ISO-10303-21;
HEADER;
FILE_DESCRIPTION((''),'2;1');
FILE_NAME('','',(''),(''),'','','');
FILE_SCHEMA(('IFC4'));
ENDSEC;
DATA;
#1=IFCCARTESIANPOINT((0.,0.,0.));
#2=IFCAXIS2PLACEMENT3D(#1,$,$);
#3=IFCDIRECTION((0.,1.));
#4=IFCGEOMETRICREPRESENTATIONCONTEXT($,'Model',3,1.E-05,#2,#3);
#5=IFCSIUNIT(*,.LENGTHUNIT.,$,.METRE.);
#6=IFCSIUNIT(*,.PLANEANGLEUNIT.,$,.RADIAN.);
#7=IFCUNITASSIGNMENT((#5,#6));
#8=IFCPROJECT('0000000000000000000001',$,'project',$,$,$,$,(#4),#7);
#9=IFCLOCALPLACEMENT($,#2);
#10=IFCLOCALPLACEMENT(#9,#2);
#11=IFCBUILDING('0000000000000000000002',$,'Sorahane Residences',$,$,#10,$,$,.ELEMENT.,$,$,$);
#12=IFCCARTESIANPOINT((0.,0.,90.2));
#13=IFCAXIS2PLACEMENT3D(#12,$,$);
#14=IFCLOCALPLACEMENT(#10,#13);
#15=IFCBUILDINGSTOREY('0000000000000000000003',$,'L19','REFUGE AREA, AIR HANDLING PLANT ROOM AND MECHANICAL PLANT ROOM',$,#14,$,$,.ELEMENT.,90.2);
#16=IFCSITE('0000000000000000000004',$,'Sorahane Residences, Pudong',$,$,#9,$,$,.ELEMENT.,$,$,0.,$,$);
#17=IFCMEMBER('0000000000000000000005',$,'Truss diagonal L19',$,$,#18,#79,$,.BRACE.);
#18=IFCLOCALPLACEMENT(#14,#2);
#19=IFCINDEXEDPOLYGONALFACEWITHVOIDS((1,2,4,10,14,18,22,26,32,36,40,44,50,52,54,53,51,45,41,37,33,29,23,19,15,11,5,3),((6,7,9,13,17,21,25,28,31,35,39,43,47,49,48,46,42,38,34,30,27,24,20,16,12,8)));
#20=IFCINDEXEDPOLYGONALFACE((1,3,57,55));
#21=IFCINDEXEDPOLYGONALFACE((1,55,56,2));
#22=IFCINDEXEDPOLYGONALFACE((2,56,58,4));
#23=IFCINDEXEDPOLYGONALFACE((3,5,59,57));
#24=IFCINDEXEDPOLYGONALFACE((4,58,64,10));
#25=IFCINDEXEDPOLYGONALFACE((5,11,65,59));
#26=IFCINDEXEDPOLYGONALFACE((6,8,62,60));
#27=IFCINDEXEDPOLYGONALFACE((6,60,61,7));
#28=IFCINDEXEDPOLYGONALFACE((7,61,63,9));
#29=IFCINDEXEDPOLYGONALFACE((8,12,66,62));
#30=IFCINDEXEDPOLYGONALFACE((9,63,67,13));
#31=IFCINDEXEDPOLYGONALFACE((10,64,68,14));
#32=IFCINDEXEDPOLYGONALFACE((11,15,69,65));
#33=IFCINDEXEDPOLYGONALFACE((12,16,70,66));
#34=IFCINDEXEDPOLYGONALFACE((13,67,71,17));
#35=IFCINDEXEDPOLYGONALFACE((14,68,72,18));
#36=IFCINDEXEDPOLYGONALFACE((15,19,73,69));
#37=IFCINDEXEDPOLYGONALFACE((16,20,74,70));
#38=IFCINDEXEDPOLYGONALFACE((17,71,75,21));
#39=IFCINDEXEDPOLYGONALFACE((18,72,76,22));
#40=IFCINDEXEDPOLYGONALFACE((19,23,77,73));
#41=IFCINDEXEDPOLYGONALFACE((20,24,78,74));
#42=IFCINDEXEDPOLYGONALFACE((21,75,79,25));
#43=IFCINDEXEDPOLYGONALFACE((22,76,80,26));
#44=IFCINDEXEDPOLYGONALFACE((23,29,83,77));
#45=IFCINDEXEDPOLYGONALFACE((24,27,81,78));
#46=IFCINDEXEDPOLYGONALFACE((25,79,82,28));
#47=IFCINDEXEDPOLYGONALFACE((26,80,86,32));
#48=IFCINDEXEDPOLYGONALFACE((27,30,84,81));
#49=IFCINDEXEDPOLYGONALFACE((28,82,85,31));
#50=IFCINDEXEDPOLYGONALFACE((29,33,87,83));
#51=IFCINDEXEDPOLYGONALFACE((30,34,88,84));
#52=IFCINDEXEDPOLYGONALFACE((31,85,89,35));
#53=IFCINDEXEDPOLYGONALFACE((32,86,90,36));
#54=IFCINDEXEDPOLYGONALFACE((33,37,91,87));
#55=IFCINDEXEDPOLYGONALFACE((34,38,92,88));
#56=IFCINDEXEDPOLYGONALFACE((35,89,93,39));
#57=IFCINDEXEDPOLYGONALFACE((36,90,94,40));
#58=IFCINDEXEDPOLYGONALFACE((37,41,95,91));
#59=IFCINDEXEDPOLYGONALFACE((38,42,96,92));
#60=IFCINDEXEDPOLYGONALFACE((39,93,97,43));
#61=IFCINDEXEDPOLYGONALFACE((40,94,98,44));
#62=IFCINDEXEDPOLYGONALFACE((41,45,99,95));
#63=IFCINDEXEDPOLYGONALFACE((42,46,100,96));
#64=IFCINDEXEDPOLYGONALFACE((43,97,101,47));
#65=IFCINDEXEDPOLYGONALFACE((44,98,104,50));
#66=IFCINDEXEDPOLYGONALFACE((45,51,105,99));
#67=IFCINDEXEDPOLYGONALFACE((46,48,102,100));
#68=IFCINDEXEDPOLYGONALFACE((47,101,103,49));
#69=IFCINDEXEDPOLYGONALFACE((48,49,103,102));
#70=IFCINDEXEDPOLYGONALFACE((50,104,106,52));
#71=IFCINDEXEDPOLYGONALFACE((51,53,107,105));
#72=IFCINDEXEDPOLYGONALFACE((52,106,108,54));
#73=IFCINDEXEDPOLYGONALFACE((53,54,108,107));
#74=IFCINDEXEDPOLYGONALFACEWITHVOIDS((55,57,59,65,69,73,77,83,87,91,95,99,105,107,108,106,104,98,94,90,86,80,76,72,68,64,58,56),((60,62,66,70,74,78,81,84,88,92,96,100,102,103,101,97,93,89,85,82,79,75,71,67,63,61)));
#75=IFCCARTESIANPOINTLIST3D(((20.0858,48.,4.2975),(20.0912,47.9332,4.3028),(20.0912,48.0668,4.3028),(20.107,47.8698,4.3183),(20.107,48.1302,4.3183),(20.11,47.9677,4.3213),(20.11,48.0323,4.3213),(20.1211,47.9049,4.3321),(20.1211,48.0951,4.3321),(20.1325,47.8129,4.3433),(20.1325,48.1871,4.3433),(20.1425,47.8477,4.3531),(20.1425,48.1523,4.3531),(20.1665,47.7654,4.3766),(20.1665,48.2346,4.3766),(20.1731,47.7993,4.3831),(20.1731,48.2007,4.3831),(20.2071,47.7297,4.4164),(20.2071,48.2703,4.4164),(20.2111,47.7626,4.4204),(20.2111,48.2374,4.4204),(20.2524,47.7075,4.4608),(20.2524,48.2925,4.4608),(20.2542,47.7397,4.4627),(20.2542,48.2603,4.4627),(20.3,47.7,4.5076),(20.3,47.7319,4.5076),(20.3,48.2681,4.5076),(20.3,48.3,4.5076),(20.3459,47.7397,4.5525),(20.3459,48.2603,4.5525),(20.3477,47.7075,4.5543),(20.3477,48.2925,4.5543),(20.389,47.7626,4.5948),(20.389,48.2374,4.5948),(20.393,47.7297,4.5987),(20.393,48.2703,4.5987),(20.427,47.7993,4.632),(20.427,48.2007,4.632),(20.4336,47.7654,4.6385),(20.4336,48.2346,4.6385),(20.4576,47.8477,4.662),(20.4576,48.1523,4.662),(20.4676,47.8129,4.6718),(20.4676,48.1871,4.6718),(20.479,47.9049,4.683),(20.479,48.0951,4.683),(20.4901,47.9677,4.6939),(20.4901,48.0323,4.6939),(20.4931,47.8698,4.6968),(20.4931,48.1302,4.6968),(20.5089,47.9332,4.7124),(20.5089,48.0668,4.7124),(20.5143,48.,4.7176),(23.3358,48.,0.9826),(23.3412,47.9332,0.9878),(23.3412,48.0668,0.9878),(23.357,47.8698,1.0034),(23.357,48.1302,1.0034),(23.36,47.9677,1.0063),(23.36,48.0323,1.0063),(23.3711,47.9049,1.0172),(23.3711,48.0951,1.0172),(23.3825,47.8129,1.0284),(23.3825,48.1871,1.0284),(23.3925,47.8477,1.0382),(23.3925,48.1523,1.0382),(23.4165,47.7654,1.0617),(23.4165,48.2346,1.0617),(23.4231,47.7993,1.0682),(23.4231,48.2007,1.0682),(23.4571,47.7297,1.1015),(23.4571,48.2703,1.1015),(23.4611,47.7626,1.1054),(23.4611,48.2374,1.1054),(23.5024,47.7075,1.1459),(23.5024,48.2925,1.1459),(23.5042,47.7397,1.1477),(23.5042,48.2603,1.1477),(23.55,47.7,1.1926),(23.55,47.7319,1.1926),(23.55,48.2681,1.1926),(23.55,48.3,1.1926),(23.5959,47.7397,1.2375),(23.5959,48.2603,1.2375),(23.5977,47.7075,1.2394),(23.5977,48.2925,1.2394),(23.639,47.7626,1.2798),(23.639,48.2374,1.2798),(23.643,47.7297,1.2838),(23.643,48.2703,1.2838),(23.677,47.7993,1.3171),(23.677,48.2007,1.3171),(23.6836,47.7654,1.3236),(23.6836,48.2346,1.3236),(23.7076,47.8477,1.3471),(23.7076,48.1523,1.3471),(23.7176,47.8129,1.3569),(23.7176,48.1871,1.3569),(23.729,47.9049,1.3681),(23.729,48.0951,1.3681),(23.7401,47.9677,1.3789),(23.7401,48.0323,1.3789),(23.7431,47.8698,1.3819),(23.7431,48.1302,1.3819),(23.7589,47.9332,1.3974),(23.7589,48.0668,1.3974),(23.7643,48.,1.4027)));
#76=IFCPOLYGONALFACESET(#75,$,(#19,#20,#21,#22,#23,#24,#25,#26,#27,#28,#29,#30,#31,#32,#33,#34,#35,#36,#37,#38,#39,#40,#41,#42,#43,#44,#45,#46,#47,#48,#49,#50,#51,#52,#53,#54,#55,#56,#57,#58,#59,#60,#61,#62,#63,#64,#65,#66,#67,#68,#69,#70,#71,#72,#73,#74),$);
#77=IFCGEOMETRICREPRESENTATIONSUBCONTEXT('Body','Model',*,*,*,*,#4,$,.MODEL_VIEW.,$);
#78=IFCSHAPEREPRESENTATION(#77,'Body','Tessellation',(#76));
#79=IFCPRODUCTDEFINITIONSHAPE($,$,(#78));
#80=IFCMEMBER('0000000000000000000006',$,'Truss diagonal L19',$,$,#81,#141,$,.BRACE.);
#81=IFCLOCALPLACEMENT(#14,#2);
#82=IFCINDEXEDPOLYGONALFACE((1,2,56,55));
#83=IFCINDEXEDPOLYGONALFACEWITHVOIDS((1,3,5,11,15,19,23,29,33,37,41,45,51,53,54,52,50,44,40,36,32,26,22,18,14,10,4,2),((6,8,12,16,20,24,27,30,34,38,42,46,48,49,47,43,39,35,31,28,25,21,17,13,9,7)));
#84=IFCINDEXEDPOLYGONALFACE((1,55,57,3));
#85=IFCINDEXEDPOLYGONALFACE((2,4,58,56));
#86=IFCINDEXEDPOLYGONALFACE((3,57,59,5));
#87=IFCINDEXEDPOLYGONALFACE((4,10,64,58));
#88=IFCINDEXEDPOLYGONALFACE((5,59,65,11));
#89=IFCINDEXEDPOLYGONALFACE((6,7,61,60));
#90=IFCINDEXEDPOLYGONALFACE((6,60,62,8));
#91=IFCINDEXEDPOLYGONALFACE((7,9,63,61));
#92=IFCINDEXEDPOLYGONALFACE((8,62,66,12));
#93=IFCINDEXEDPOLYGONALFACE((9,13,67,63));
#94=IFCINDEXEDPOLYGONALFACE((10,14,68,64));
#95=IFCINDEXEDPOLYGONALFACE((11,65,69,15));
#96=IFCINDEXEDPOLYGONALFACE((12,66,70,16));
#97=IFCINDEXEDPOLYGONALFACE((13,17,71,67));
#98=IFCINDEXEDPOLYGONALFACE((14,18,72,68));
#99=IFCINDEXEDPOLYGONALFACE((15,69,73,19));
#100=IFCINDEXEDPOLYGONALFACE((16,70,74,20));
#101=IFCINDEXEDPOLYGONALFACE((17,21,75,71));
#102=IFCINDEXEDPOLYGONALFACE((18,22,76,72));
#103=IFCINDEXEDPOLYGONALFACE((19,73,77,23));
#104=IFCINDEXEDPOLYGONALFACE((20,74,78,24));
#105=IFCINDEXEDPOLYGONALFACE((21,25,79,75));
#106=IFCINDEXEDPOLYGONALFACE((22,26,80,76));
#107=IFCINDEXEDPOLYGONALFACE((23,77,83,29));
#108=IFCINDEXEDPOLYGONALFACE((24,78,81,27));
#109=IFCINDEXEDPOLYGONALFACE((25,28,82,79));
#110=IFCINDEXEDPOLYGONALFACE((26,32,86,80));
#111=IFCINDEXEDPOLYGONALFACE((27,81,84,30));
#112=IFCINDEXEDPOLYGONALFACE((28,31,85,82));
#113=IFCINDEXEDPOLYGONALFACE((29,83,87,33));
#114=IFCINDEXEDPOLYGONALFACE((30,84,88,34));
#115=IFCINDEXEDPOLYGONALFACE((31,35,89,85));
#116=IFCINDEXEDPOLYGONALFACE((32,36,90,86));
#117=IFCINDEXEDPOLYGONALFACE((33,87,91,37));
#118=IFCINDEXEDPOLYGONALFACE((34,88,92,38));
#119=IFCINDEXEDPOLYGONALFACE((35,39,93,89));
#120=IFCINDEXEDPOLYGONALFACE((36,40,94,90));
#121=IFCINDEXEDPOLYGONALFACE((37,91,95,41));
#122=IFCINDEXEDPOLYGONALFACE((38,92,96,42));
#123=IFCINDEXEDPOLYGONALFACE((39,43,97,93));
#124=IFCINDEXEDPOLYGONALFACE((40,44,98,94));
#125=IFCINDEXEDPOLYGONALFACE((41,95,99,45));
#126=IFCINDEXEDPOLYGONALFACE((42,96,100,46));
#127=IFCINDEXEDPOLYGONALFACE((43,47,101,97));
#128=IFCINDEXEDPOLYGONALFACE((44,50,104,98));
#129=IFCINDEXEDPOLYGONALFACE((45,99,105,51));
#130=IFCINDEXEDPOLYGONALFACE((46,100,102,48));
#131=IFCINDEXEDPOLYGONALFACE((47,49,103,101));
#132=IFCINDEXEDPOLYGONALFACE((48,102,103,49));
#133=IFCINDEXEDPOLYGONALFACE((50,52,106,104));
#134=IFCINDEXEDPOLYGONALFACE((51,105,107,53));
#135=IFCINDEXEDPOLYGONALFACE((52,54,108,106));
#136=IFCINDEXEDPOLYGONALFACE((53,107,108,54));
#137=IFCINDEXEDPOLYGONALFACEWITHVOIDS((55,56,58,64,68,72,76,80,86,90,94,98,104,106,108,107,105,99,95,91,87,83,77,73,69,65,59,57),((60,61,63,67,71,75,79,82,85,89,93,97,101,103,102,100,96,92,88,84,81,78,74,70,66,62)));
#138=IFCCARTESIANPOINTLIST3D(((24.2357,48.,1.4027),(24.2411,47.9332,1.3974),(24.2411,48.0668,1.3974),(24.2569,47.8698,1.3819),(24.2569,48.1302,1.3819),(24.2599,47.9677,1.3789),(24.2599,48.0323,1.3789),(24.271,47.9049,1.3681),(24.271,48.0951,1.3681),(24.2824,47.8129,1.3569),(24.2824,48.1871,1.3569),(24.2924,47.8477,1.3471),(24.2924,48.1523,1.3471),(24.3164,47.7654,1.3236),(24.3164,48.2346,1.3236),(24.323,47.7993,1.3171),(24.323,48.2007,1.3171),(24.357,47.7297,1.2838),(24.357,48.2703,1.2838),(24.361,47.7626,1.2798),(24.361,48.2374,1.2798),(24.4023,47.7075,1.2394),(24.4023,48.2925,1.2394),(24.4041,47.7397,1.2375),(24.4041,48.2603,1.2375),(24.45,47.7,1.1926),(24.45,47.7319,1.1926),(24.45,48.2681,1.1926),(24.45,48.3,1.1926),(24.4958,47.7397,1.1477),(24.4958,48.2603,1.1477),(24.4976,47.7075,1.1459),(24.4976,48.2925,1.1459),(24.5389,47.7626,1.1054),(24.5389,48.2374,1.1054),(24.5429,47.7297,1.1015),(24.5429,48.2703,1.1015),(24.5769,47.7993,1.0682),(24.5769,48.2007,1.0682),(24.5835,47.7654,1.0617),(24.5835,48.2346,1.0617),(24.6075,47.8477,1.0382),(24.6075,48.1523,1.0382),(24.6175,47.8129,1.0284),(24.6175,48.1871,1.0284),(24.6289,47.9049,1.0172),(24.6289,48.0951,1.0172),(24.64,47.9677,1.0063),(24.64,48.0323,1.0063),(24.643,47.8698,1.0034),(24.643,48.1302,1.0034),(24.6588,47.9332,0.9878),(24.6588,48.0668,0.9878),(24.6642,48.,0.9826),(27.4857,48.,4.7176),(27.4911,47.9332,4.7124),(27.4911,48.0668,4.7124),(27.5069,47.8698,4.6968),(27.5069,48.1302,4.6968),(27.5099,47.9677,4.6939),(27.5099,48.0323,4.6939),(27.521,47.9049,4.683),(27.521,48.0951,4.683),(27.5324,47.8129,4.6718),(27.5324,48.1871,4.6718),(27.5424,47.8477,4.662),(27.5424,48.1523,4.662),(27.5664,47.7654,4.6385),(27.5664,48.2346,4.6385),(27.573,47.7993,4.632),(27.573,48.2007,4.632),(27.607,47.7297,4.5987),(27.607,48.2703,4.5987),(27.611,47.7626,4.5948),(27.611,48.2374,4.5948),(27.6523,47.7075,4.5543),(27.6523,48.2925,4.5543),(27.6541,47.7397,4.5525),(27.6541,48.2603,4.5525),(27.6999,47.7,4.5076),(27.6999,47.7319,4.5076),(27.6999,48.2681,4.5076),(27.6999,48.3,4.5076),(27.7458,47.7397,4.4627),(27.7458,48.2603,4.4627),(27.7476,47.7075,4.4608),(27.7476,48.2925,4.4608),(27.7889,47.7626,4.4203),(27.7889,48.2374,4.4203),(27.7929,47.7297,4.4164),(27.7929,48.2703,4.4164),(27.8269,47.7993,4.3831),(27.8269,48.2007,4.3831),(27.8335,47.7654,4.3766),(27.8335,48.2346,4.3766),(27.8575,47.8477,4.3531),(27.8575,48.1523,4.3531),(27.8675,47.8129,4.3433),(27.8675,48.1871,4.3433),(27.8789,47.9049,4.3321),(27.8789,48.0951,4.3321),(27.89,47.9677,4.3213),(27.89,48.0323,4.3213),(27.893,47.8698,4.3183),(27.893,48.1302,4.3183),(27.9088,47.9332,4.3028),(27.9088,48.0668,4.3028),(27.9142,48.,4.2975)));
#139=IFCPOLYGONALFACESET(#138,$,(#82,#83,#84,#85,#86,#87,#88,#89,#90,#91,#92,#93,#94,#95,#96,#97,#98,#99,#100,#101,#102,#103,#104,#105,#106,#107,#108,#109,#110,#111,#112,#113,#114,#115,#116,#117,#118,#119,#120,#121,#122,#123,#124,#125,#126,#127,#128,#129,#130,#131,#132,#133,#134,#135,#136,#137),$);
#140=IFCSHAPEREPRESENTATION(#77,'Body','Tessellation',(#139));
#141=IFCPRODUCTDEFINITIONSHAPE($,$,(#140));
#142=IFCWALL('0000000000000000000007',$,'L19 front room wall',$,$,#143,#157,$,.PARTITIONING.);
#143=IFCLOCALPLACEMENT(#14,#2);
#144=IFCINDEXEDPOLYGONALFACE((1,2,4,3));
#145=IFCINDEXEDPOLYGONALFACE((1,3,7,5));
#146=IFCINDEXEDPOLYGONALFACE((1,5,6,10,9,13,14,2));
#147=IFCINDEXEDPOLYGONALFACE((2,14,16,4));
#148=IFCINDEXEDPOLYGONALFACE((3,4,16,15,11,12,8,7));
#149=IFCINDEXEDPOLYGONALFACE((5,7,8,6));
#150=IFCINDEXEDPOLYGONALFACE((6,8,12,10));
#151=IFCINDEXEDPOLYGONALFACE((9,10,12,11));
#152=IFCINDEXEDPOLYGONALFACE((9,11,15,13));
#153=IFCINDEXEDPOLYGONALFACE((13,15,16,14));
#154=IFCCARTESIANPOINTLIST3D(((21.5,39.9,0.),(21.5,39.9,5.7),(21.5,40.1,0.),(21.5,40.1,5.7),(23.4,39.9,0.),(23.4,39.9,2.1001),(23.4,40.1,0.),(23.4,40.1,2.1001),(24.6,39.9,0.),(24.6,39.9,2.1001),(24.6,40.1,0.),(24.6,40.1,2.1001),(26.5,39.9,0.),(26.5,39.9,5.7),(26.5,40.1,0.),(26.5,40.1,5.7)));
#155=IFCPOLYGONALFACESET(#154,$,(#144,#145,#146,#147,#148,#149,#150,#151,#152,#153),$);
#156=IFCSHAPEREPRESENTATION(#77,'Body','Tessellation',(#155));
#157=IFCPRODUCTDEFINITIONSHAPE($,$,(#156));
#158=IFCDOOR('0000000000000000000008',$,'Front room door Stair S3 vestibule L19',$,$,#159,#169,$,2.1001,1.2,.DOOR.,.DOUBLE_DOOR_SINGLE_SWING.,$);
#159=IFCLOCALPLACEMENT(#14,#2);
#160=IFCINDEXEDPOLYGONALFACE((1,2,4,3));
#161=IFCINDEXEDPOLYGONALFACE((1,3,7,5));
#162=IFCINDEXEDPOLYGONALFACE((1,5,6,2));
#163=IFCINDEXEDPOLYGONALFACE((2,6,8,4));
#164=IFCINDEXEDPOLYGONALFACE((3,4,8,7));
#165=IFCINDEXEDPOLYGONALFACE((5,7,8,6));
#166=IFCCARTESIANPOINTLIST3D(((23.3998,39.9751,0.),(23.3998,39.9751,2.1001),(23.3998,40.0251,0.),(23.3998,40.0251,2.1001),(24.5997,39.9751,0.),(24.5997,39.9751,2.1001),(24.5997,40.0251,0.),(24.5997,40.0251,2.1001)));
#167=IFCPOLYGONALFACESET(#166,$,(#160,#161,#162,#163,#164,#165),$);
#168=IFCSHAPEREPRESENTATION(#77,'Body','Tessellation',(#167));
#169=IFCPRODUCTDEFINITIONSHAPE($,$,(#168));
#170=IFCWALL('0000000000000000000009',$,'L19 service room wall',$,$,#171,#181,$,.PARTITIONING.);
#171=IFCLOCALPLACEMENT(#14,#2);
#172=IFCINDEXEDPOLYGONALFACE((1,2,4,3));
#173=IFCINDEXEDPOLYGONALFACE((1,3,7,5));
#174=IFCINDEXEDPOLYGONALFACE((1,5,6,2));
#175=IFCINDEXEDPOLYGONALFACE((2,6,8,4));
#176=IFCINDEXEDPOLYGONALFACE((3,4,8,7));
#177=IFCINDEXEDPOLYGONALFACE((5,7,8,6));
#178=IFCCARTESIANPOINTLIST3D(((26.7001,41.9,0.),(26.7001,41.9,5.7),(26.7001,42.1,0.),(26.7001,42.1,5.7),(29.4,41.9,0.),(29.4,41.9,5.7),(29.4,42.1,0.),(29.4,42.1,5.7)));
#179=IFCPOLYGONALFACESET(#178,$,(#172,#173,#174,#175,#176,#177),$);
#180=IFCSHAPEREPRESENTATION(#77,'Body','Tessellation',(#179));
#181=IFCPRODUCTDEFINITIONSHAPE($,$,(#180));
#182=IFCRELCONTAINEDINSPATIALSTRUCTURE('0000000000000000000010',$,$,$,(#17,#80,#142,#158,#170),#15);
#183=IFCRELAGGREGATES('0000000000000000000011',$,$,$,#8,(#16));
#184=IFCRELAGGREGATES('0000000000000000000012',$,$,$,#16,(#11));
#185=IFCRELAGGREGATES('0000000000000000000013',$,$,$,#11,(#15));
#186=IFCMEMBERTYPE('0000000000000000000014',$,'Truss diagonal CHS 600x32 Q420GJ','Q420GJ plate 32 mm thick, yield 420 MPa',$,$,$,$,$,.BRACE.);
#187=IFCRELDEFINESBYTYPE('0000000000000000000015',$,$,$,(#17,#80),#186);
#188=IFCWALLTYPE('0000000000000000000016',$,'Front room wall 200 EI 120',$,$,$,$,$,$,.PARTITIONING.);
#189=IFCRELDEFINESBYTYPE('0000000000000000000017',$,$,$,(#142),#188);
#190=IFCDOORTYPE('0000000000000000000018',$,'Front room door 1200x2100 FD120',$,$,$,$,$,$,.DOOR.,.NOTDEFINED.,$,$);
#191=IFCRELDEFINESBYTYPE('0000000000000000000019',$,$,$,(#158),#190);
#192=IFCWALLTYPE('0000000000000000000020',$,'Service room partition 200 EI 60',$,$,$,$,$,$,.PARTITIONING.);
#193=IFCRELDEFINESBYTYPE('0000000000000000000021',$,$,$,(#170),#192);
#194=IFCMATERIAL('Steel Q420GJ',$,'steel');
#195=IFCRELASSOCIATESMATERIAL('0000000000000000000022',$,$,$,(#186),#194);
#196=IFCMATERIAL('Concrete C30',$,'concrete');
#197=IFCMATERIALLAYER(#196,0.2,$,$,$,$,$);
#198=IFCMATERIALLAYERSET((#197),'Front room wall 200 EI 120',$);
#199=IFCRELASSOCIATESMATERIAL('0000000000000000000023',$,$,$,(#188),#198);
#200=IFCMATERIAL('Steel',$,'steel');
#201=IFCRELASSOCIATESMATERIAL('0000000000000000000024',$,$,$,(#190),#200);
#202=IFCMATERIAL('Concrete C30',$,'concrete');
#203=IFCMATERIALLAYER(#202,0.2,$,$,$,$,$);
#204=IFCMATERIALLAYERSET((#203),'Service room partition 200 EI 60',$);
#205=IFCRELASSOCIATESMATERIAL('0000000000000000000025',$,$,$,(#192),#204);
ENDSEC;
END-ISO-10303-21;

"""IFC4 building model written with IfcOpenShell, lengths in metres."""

from ifc_helpers import new_model, si_unit, direction, frame, frame_2d, origin, origin_2d, place, context, subcontext, project, spatial, rectangle, hollow_circle, extrude, material, layer, layer_set, material_profile, profile_set, type_object, element, fill, save


model = new_model("IFC4")

# Units and contexts
model_context = context("Model", 3, precision=1e-05, world=origin(), true_north=direction((0.0, 1.0)))
body_context = subcontext(model_context, "Body", "Model", "MODEL_VIEW")
ifc_project = project(units=[si_unit("LENGTHUNIT", "METRE"), si_unit("PLANEANGLEUNIT", "RADIAN")], contexts=[model_context])

# Site, building, storey
site_placement = place(None, origin())
site = spatial("IfcSite", under=ifc_project, at=site_placement, Name="Sorahane Residences, Pudong", CompositionType="ELEMENT", RefElevation=0.0)
building_placement = place(site_placement, origin())
building = spatial("IfcBuilding", under=site, at=building_placement, Name="Sorahane Residences", CompositionType="ELEMENT")
storey_placement = place(building_placement, frame((0.0, 0.0, 90.2)))
storey = spatial("IfcBuildingStorey", under=building, at=storey_placement, Name="L19", Description="REFUGE AREA, AIR HANDLING PLANT ROOM AND MECHANICAL PLANT ROOM", CompositionType="ELEMENT", Elevation=90.2)

# Members
ifc_material_1 = material(Name="Steel Q420GJ", Category="steel")
ifc_material_profile_1 = material_profile(ifc_material_1, hollow_circle(Radius=0.3, WallThickness=0.032, at=origin_2d()), Name="CHS 600x32")
ifc_profile_set_1 = profile_set([ifc_material_profile_1], Name="Steel Q420GJ")
member_type_1 = type_object("IfcMemberType", Name="Truss diagonal CHS 600x32 Q420GJ", Description="Q420GJ plate 32 mm thick, yield 420 MPa", PredefinedType="BRACE", material=ifc_profile_set_1)
for number, where, z_axis, x_axis, name in (
    (1, (20.3, 48.0, 4.5076), (0.700078, 0.0, -0.714067), (0.0, 1.0, 0.0), "Truss diagonal L19"),
    (2, (24.45, 48.0, 1.1926), (0.700078, 0.0, 0.714067), (0.0, 1.0, 0.0), "Truss diagonal L19"),
):
    element("IfcMember", number, at=place(storey_placement, frame(where, z_axis=z_axis, x_axis=x_axis)), inside=storey, type_object=member_type_1, Name=name, PredefinedType="BRACE", context=body_context, shape_type="SweptSolid", body=[
        extrude(hollow_circle(Radius=0.3, WallThickness=0.032, at=origin_2d()), origin(), (0.0, 0.0, 1.0), 4.6423),
    ])

# Wall, opening, door
ifc_material_2 = material(Name="Concrete C30", Category="concrete")
ifc_layer_1 = layer(ifc_material_2, 0.2)
ifc_layer_set_1 = layer_set([ifc_layer_1], Name="Front room wall 200 EI 120")
wall_type_1 = type_object("IfcWallType", Name="Front room wall 200 EI 120", PredefinedType="PARTITIONING", material=ifc_layer_set_1)
wall_1_placement = place(storey_placement, frame((21.5, 40.0, 0.0), z_axis=(0.0, 0.0, 1.0), x_axis=(1.0, 0.0, 0.0)))
wall_1 = element("IfcWall", 3, at=wall_1_placement, inside=storey, type_object=wall_type_1, Name="L19 front room wall", PredefinedType="PARTITIONING", context=body_context, shape_type="SweptSolid", body=[
    extrude(rectangle(XDim=5.0, YDim=0.2, at=frame_2d((2.5, 0.0))), origin(), (0.0, 0.0, 1.0), 5.7),
])
opening_placement = place(wall_1_placement, frame((1.8999, 0.0, 0.0)))
opening = element("IfcOpeningElement", 4, at=opening_placement, cuts=wall_1, PredefinedType="OPENING", context=body_context, shape_type="SweptSolid", body=[
    extrude(rectangle(XDim=1.2, YDim=2.1001, at=frame_2d((0.6001, 1.05))), frame((0.0, 0.1099, 0.0), z_axis=(0.0, -1.0, 0.0), x_axis=(1.0, 0.0, 0.0)), (0.0, 0.0, 1.0), 0.22),
])
ifc_material_3 = material(Name="Steel", Category="steel")
door_type = type_object("IfcDoorType", Name="Front room door 1200x2100 FD120", OperationType="NOTDEFINED", PredefinedType="DOOR", material=ifc_material_3)
door_placement = place(opening_placement, frame((1.2, 0.0, 0.0), z_axis=(0.0, 0.0, 1.0), x_axis=(-1.0, 0.0, 0.0)))
door = element("IfcDoor", 5, at=door_placement, inside=storey, type_object=door_type, Name="Front room door Stair S3 vestibule L19", OperationType="DOUBLE_DOOR_SINGLE_SWING", OverallHeight=2.1001, OverallWidth=1.2, PredefinedType="DOOR", context=body_context, shape_type="SweptSolid", body=[
    extrude(rectangle(XDim=1.2, YDim=2.1001, at=frame_2d((0.6001, 1.05))), frame((0.0, 0.0249, 0.0), z_axis=(0.0, -1.0, 0.0), x_axis=(1.0, 0.0, 0.0)), (0.0, 0.0, 1.0), 0.05),
])
fill(opening, door)

# Wall
ifc_material_4 = material(Name="Concrete C30", Category="concrete")
ifc_layer_2 = layer(ifc_material_4, 0.2)
ifc_layer_set_2 = layer_set([ifc_layer_2], Name="Service room partition 200 EI 60")
wall_type_2 = type_object("IfcWallType", Name="Service room partition 200 EI 60", PredefinedType="PARTITIONING", material=ifc_layer_set_2)
wall_2_placement = place(storey_placement, frame((26.7, 42.0, 0.0), z_axis=(0.0, 0.0, 1.0), x_axis=(1.0, 0.0, 0.0)))
element("IfcWall", 6, at=wall_2_placement, inside=storey, type_object=wall_type_2, Name="L19 service room wall", PredefinedType="PARTITIONING", context=body_context, shape_type="SweptSolid", body=[
    extrude(rectangle(XDim=2.7, YDim=0.2, at=frame_2d((1.3501, 0.0))), origin(), (0.0, 0.0, 1.0), 5.7),
])

save(model, "model.ifc")
